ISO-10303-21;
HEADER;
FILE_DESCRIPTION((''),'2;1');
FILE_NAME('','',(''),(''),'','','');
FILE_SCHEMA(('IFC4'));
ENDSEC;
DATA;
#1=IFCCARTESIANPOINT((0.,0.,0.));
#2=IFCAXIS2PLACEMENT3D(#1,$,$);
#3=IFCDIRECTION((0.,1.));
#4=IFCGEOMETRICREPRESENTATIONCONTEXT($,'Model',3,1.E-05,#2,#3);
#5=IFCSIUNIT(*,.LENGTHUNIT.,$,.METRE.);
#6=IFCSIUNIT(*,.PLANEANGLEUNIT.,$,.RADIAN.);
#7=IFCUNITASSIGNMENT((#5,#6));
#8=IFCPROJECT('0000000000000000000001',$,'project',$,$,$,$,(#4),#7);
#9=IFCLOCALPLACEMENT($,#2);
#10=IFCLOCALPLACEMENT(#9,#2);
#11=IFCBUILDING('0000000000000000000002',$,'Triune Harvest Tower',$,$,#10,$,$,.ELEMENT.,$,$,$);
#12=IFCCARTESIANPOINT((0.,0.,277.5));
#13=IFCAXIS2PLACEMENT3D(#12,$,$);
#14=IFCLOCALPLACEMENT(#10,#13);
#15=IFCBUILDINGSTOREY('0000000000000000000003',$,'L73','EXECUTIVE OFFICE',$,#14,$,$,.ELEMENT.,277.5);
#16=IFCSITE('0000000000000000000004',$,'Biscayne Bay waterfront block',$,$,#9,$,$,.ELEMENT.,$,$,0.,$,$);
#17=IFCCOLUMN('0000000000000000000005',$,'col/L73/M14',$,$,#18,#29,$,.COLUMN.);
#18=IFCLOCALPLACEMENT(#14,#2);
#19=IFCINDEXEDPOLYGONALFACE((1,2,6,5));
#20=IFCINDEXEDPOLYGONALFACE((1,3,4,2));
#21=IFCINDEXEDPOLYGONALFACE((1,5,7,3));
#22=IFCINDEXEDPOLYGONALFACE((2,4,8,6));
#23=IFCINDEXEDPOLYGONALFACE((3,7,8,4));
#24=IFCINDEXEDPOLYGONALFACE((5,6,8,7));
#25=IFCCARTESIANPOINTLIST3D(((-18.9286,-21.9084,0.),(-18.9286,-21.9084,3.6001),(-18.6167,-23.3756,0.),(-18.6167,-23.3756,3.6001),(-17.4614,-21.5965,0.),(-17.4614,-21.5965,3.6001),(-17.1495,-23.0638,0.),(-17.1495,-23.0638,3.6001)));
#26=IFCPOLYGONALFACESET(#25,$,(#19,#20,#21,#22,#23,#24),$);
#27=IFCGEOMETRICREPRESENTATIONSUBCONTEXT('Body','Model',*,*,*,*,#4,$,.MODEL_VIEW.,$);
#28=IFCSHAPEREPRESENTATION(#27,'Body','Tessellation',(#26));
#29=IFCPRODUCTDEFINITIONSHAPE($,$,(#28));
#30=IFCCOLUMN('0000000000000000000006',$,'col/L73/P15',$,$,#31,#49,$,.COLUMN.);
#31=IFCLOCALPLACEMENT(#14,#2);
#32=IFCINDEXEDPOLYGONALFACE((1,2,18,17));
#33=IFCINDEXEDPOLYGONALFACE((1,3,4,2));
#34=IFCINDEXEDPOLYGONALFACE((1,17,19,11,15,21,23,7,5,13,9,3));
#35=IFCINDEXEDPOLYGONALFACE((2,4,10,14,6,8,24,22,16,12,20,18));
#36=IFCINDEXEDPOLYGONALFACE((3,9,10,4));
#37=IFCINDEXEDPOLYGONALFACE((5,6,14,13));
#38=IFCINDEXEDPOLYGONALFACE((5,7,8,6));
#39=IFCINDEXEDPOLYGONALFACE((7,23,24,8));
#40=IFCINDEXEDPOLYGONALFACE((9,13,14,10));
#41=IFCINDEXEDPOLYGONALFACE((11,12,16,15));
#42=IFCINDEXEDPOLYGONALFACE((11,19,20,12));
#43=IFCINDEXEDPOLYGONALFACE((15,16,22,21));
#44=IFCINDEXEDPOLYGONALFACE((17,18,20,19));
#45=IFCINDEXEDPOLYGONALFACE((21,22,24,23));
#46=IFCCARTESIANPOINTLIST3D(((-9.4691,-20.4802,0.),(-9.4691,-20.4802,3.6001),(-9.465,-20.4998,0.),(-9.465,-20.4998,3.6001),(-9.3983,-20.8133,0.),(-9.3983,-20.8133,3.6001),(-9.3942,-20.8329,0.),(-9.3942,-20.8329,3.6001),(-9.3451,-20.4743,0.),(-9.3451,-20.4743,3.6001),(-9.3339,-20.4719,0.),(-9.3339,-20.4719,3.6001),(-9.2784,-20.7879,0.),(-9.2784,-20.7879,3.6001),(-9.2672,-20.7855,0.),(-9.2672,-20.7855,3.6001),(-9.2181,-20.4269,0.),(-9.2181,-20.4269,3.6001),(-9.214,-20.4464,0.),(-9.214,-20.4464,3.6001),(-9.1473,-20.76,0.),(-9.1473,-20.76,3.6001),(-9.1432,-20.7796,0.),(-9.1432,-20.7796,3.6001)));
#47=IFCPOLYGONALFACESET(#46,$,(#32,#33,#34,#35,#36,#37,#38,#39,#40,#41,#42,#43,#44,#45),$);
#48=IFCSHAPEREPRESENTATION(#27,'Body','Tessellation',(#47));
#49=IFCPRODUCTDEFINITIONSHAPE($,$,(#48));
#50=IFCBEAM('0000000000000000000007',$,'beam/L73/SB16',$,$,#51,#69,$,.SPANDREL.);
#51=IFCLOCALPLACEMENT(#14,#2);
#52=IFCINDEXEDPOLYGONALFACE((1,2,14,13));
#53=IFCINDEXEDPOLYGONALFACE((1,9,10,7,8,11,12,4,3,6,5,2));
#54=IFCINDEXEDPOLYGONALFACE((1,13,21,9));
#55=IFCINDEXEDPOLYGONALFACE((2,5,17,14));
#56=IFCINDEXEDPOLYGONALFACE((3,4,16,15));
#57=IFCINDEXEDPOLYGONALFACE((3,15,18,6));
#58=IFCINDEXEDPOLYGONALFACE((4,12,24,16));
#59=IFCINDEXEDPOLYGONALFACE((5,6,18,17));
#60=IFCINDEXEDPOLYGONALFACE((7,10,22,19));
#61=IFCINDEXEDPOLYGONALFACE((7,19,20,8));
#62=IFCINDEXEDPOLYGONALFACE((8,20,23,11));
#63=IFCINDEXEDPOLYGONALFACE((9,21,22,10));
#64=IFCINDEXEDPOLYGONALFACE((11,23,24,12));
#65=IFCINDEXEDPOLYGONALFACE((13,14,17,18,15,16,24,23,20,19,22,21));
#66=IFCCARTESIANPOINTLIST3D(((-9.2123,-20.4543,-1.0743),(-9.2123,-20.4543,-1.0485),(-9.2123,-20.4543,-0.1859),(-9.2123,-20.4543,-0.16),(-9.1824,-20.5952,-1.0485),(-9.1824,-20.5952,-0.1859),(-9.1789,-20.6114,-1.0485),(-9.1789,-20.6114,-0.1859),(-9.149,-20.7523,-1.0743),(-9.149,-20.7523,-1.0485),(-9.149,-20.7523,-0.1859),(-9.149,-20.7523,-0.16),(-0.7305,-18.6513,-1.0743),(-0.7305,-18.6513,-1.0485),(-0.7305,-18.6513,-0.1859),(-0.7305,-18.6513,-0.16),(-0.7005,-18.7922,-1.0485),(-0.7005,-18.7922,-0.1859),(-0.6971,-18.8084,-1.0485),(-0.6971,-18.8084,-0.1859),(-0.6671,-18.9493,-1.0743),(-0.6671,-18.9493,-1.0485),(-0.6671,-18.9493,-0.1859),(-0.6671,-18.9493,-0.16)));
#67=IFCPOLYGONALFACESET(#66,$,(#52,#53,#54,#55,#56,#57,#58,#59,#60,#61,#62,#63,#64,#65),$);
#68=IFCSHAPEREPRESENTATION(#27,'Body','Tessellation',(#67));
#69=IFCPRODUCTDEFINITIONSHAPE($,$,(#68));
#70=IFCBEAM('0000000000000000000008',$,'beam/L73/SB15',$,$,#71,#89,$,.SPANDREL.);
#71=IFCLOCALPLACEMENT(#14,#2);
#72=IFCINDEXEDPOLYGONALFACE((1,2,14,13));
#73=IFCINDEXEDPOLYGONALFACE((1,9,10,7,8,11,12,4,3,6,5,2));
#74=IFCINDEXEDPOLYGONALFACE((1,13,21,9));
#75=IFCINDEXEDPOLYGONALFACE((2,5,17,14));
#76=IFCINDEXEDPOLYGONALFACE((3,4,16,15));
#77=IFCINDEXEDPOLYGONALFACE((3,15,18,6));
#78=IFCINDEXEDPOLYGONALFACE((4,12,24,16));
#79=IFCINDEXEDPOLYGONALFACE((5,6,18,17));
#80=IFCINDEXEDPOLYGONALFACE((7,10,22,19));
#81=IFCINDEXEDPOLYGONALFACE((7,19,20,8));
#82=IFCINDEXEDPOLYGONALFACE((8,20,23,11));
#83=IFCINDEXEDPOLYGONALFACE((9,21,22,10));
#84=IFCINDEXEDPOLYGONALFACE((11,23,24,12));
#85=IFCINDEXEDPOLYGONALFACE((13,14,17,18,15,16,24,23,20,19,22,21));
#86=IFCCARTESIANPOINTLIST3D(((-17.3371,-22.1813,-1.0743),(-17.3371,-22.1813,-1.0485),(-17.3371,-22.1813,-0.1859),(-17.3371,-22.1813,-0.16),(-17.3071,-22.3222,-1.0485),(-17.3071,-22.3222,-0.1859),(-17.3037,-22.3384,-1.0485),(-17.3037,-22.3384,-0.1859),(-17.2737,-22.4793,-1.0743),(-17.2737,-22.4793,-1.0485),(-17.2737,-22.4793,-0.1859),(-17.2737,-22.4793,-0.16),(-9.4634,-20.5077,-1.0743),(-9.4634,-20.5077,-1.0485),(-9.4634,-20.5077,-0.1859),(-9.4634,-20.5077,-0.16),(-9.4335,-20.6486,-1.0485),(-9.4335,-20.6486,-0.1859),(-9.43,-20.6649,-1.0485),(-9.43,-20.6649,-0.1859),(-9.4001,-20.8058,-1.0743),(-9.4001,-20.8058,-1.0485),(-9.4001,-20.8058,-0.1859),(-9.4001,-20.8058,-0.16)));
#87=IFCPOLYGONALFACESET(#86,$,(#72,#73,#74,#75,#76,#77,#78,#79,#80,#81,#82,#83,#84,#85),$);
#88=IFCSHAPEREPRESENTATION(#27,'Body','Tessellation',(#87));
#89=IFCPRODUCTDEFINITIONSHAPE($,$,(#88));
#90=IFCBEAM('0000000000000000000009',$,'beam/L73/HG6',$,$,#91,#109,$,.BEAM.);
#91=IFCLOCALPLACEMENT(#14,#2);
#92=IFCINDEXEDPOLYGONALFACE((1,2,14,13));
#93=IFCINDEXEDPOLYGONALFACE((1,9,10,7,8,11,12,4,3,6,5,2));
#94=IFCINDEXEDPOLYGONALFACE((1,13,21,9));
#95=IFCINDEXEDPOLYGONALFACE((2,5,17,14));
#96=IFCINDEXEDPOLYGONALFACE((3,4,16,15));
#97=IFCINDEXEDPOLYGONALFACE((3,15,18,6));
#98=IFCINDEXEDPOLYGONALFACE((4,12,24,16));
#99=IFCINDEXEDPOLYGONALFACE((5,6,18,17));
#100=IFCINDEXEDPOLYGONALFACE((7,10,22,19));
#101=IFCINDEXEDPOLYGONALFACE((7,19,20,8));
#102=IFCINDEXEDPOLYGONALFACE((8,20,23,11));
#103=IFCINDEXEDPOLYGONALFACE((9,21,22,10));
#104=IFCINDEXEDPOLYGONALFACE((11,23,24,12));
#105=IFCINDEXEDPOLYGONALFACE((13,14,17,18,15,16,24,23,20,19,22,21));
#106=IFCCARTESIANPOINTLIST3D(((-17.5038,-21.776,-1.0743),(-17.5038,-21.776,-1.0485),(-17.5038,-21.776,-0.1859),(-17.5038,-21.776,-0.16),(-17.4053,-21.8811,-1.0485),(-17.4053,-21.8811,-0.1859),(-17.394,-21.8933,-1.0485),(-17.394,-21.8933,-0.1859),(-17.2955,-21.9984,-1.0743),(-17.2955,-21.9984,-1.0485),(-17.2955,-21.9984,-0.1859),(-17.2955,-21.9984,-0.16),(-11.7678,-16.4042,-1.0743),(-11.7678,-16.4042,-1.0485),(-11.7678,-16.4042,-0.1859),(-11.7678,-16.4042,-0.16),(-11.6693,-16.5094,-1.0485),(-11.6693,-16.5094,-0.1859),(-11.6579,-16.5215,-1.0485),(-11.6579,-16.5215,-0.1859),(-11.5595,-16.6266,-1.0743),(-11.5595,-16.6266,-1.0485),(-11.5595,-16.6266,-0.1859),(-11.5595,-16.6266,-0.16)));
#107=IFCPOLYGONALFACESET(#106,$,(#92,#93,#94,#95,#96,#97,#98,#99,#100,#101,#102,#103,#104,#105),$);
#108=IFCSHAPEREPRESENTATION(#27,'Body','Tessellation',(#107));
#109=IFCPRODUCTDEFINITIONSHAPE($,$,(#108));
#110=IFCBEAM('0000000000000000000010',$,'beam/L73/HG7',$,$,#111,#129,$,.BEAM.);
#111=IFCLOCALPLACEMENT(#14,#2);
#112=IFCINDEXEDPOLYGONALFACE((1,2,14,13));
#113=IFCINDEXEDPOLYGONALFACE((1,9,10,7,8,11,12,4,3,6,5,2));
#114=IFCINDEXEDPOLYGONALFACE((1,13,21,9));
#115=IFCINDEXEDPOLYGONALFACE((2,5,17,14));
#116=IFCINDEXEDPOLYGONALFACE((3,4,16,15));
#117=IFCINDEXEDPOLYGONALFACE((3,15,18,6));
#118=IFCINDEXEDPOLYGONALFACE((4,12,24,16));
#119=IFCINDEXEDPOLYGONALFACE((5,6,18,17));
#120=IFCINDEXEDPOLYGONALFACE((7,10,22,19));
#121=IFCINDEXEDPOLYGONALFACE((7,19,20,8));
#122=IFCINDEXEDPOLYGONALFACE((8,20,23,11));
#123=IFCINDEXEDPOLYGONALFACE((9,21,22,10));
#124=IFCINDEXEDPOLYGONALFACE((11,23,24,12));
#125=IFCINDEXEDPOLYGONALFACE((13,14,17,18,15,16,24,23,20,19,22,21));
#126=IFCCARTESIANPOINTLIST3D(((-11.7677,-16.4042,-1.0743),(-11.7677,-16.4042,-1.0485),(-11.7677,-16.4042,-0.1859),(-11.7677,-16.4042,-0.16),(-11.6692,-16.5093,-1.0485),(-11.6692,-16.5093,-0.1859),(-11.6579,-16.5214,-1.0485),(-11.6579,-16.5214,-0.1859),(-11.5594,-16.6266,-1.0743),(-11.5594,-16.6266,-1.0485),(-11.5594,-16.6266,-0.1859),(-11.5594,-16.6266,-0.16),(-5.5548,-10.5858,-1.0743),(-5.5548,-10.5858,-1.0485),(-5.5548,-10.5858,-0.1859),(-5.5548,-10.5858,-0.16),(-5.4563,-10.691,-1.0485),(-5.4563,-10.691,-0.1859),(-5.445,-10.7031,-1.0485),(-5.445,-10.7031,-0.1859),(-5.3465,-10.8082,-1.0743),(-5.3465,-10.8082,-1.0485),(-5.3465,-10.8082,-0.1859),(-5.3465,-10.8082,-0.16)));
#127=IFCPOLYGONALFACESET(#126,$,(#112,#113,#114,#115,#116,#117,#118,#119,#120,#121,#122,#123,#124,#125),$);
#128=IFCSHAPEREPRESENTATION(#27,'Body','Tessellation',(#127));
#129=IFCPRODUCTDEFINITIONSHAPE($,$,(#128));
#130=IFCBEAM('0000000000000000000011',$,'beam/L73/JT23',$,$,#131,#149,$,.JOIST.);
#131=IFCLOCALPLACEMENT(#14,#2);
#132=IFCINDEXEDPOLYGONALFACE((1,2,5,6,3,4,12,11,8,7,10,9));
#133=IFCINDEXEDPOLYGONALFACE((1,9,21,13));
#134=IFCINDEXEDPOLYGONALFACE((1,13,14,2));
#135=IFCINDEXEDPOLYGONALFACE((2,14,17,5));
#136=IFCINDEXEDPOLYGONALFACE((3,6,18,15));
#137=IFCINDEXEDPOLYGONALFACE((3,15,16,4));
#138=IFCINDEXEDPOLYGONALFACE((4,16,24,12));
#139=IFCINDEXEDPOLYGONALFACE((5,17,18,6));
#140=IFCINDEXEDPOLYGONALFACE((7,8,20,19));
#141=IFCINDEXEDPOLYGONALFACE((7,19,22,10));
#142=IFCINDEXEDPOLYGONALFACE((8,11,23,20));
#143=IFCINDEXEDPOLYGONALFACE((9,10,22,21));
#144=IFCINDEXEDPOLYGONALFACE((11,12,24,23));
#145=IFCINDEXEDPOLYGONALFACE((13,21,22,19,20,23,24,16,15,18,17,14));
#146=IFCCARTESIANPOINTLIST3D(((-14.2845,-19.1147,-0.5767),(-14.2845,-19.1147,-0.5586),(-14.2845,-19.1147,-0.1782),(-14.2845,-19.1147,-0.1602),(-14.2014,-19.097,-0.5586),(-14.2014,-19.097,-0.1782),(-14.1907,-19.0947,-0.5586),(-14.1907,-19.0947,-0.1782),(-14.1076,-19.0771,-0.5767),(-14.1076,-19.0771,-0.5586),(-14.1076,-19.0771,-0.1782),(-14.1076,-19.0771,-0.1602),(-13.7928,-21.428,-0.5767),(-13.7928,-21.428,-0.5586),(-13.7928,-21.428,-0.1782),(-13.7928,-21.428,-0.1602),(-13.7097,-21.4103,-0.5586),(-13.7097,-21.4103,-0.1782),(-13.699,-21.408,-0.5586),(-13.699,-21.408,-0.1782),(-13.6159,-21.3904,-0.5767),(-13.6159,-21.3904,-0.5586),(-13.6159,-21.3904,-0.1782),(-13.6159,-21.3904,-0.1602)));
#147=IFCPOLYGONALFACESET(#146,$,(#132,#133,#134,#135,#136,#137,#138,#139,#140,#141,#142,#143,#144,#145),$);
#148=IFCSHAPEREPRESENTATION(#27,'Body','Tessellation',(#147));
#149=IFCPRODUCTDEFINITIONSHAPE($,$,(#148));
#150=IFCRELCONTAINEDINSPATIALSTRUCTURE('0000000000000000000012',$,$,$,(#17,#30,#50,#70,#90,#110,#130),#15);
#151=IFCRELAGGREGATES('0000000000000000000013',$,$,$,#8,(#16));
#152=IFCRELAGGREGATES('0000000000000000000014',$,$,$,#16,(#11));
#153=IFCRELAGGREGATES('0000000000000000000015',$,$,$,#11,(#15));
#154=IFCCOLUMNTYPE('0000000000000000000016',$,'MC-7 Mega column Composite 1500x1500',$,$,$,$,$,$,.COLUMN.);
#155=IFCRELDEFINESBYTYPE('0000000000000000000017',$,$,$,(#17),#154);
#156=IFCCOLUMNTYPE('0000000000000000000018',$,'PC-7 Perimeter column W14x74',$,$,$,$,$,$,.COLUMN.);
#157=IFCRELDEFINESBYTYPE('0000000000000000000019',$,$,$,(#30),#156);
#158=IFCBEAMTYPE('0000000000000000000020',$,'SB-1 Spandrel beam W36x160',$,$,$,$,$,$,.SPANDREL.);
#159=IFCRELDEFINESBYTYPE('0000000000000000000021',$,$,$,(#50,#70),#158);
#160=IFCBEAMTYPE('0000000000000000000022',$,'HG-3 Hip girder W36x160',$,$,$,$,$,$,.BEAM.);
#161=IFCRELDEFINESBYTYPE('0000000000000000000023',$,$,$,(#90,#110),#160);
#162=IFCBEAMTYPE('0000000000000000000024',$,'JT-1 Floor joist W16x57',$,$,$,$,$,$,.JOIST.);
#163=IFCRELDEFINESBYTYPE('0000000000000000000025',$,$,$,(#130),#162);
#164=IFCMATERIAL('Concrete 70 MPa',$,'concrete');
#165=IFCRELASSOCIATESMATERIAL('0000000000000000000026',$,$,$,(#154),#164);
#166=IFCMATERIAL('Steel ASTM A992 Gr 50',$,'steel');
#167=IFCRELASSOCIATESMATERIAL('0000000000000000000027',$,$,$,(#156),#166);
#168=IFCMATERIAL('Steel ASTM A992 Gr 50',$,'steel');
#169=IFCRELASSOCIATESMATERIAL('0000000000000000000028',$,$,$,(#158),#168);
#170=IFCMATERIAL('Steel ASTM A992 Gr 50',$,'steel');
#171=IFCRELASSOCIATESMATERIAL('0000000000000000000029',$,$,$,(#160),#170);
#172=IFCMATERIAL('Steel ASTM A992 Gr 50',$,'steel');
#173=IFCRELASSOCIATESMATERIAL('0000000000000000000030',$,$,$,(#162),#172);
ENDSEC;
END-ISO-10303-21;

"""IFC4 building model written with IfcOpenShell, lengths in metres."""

from ifc_helpers import new_model, si_unit, direction, frame, origin, origin_2d, place, context, subcontext, project, spatial, rectangle, i_section, extrude, source, transform, mapped, material, material_profile, profile_set, type_object, element, save


model = new_model("IFC4")

# Units and contexts
model_context = context("Model", 3, precision=1e-05, world=origin(), true_north=direction((0.0, 1.0)))
body_context = subcontext(model_context, "Body", "Model", "MODEL_VIEW")
ifc_project = project(units=[si_unit("LENGTHUNIT", "METRE"), si_unit("PLANEANGLEUNIT", "RADIAN")], contexts=[model_context])

# Site, building, storey
site_placement = place(None, origin())
site = spatial("IfcSite", under=ifc_project, at=site_placement, Name="Biscayne Bay waterfront block", CompositionType="ELEMENT", RefElevation=0.0)
building_placement = place(site_placement, origin())
building = spatial("IfcBuilding", under=site, at=building_placement, Name="Triune Harvest Tower", CompositionType="ELEMENT")
storey_placement = place(building_placement, frame((0.0, 0.0, 277.5)))
storey = spatial("IfcBuildingStorey", under=building, at=storey_placement, Name="L73", Description="EXECUTIVE OFFICE", CompositionType="ELEMENT", Elevation=277.5)

# Columns
ifc_material_1 = material(Name="Concrete 70 MPa", Category="concrete")
ifc_material_profile_1 = material_profile(ifc_material_1, rectangle(XDim=1.5, YDim=1.5, at=origin_2d()), Name="Composite 1500x1500")
ifc_profile_set_1 = profile_set([ifc_material_profile_1], Name="Concrete 70 MPa")
column_type_1 = type_object("IfcColumnType", Name="MC-7 Mega column Composite 1500x1500", PredefinedType="COLUMN", material=ifc_profile_set_1)
shared_shape_1 = source(origin(), body_context, "Body", "SweptSolid", [
    extrude(rectangle(XDim=1.5, YDim=1.5, at=origin_2d()), origin(), (0.0, 0.0, 1.0), 3.6001),
])
column_1_placement = place(storey_placement, frame((-18.0391, -22.4861, 0.0), z_axis=(0.0, 0.0, 1.0), x_axis=(0.978147, 0.207913, 0.0)))
element("IfcColumn", 1, at=column_1_placement, inside=storey, type_object=column_type_1, Name="col/L73/M14", PredefinedType="COLUMN", context=body_context, shape_type="MappedRepresentation", body=[
    mapped(shared_shape_1, transform((0.0, 0.0, 0.0), scale=1.0)),
])
ifc_material_2 = material(Name="Steel ASTM A992 Gr 50", Category="steel")
ifc_material_profile_2 = material_profile(ifc_material_2, i_section(OverallWidth=0.2566, OverallDepth=0.3606, WebThickness=0.0115, FlangeThickness=0.02, at=origin_2d()), Name="W14x74")
ifc_profile_set_2 = profile_set([ifc_material_profile_2], Name="Steel ASTM A992 Gr 50")
column_type_2 = type_object("IfcColumnType", Name="PC-7 Perimeter column W14x74", PredefinedType="COLUMN", material=ifc_profile_set_2)
shared_shape_2 = source(origin(), body_context, "Body", "SweptSolid", [
    extrude(i_section(OverallWidth=0.2566, OverallDepth=0.3606, WebThickness=0.0115, FlangeThickness=0.02, at=origin_2d()), origin(), (0.0, 0.0, 1.0), 3.6001),
])
column_2_placement = place(storey_placement, frame((-9.3062, -20.6299, 0.0), z_axis=(0.0, 0.0, 1.0), x_axis=(0.978147, 0.207913, 0.0)))
element("IfcColumn", 2, at=column_2_placement, inside=storey, type_object=column_type_2, Name="col/L73/P15", PredefinedType="COLUMN", context=body_context, shape_type="MappedRepresentation", body=[
    mapped(shared_shape_2, transform((0.0, 0.0, 0.0), scale=1.0)),
])

# Beams
ifc_material_3 = material(Name="Steel ASTM A992 Gr 50", Category="steel")
ifc_material_profile_3 = material_profile(ifc_material_3, i_section(OverallWidth=0.3047, OverallDepth=0.9143, WebThickness=0.0166, FlangeThickness=0.0259, at=origin_2d()), Name="W36x160")
ifc_profile_set_3 = profile_set([ifc_material_profile_3], Name="Steel ASTM A992 Gr 50")
beam_type_1 = type_object("IfcBeamType", Name="SB-1 Spandrel beam W36x160", PredefinedType="SPANDREL", material=ifc_profile_set_3)
shared_shape_3 = source(origin(), body_context, "Body", "SweptSolid", [
    extrude(i_section(OverallWidth=0.3047, OverallDepth=0.9143, WebThickness=0.0166, FlangeThickness=0.0259, at=origin_2d()), origin(), (0.0, 0.0, 1.0), 8.6714),
])
beam_1_placement = place(storey_placement, frame((-9.1807, -20.6033, -0.6172), z_axis=(0.978146, 0.207921, 0.0), x_axis=(-0.207921, 0.978146, 0.0)))
element("IfcBeam", 3, at=beam_1_placement, inside=storey, type_object=beam_type_1, Name="beam/L73/SB16", PredefinedType="SPANDREL", context=body_context, shape_type="MappedRepresentation", body=[
    mapped(shared_shape_3, transform((0.0, 0.0, 0.0), scale=1.0)),
])
shared_shape_4 = source(origin(), body_context, "Body", "SweptSolid", [
    extrude(i_section(OverallWidth=0.3047, OverallDepth=0.9143, WebThickness=0.0166, FlangeThickness=0.0259, at=origin_2d()), origin(), (0.0, 0.0, 1.0), 8.0496),
])
beam_2_placement = place(storey_placement, frame((-17.3054, -22.3303, -0.6172), z_axis=(0.978149, 0.207907, 0.0), x_axis=(-0.207907, 0.978149, 0.0)))
element("IfcBeam", 4, at=beam_2_placement, inside=storey, type_object=beam_type_1, Name="beam/L73/SB15", PredefinedType="SPANDREL", context=body_context, shape_type="MappedRepresentation", body=[
    mapped(shared_shape_4, transform((0.0, 0.0, 0.0), scale=1.0)),
])
ifc_material_4 = material(Name="Steel ASTM A992 Gr 50", Category="steel")
ifc_material_profile_4 = material_profile(ifc_material_4, i_section(OverallWidth=0.3047, OverallDepth=0.9143, WebThickness=0.0166, FlangeThickness=0.0259, at=origin_2d()), Name="W36x160")
ifc_profile_set_4 = profile_set([ifc_material_profile_4], Name="Steel ASTM A992 Gr 50")
beam_type_2 = type_object("IfcBeamType", Name="HG-3 Hip girder W36x160", PredefinedType="BEAM", material=ifc_profile_set_4)
shared_shape_5 = source(origin(), body_context, "Body", "SweptSolid", [
    extrude(i_section(OverallWidth=0.3047, OverallDepth=0.9143, WebThickness=0.0166, FlangeThickness=0.0259, at=origin_2d()), origin(), (0.0, 0.0, 1.0), 7.8586),
])
beam_3_placement = place(storey_placement, frame((-17.3997, -21.8872, -0.6172), z_axis=(0.729902, 0.683551, 0.0), x_axis=(-0.683551, 0.729902, 0.0)))
element("IfcBeam", 5, at=beam_3_placement, inside=storey, type_object=beam_type_2, Name="beam/L73/HG6", PredefinedType="BEAM", context=body_context, shape_type="MappedRepresentation", body=[
    mapped(shared_shape_5, transform((0.0, 0.0, 0.0), scale=1.0)),
])
shared_shape_6 = source(origin(), body_context, "Body", "SweptSolid", [
    extrude(i_section(OverallWidth=0.3047, OverallDepth=0.9143, WebThickness=0.0166, FlangeThickness=0.0259, at=origin_2d()), origin(), (0.0, 0.0, 1.0), 8.512),
])
beam_4_placement = place(storey_placement, frame((-11.6636, -16.5154, -0.6172), z_axis=(0.729902, 0.683552, 0.0), x_axis=(-0.683552, 0.729902, 0.0)))
element("IfcBeam", 6, at=beam_4_placement, inside=storey, type_object=beam_type_2, Name="beam/L73/HG7", PredefinedType="BEAM", context=body_context, shape_type="MappedRepresentation", body=[
    mapped(shared_shape_6, transform((0.0, 0.0, 0.0), scale=1.0)),
])
ifc_material_5 = material(Name="Steel ASTM A992 Gr 50", Category="steel")
ifc_material_profile_5 = material_profile(ifc_material_5, i_section(OverallWidth=0.1809, OverallDepth=0.4165, WebThickness=0.011, FlangeThickness=0.0181, at=origin_2d()), Name="W16x57")
ifc_profile_set_5 = profile_set([ifc_material_profile_5], Name="Steel ASTM A992 Gr 50")
beam_type_3 = type_object("IfcBeamType", Name="JT-1 Floor joist W16x57", PredefinedType="JOIST", material=ifc_profile_set_5)
shared_shape_7 = source(origin(), body_context, "Body", "SweptSolid", [
    extrude(i_section(OverallWidth=0.1809, OverallDepth=0.4165, WebThickness=0.011, FlangeThickness=0.0181, at=origin_2d()), origin(), (0.0, 0.0, 1.0), 2.365),
])
beam_5_placement = place(storey_placement, frame((-13.7043, -21.4092, -0.3684), z_axis=(-0.207914, 0.978147, 0.0), x_axis=(-0.978147, -0.207914, 0.0)))
element("IfcBeam", 7, at=beam_5_placement, inside=storey, type_object=beam_type_3, Name="beam/L73/JT23", PredefinedType="JOIST", context=body_context, shape_type="MappedRepresentation", body=[
    mapped(shared_shape_7, transform((0.0, 0.0, 0.0), scale=1.0)),
])

save(model, "model.ifc")
